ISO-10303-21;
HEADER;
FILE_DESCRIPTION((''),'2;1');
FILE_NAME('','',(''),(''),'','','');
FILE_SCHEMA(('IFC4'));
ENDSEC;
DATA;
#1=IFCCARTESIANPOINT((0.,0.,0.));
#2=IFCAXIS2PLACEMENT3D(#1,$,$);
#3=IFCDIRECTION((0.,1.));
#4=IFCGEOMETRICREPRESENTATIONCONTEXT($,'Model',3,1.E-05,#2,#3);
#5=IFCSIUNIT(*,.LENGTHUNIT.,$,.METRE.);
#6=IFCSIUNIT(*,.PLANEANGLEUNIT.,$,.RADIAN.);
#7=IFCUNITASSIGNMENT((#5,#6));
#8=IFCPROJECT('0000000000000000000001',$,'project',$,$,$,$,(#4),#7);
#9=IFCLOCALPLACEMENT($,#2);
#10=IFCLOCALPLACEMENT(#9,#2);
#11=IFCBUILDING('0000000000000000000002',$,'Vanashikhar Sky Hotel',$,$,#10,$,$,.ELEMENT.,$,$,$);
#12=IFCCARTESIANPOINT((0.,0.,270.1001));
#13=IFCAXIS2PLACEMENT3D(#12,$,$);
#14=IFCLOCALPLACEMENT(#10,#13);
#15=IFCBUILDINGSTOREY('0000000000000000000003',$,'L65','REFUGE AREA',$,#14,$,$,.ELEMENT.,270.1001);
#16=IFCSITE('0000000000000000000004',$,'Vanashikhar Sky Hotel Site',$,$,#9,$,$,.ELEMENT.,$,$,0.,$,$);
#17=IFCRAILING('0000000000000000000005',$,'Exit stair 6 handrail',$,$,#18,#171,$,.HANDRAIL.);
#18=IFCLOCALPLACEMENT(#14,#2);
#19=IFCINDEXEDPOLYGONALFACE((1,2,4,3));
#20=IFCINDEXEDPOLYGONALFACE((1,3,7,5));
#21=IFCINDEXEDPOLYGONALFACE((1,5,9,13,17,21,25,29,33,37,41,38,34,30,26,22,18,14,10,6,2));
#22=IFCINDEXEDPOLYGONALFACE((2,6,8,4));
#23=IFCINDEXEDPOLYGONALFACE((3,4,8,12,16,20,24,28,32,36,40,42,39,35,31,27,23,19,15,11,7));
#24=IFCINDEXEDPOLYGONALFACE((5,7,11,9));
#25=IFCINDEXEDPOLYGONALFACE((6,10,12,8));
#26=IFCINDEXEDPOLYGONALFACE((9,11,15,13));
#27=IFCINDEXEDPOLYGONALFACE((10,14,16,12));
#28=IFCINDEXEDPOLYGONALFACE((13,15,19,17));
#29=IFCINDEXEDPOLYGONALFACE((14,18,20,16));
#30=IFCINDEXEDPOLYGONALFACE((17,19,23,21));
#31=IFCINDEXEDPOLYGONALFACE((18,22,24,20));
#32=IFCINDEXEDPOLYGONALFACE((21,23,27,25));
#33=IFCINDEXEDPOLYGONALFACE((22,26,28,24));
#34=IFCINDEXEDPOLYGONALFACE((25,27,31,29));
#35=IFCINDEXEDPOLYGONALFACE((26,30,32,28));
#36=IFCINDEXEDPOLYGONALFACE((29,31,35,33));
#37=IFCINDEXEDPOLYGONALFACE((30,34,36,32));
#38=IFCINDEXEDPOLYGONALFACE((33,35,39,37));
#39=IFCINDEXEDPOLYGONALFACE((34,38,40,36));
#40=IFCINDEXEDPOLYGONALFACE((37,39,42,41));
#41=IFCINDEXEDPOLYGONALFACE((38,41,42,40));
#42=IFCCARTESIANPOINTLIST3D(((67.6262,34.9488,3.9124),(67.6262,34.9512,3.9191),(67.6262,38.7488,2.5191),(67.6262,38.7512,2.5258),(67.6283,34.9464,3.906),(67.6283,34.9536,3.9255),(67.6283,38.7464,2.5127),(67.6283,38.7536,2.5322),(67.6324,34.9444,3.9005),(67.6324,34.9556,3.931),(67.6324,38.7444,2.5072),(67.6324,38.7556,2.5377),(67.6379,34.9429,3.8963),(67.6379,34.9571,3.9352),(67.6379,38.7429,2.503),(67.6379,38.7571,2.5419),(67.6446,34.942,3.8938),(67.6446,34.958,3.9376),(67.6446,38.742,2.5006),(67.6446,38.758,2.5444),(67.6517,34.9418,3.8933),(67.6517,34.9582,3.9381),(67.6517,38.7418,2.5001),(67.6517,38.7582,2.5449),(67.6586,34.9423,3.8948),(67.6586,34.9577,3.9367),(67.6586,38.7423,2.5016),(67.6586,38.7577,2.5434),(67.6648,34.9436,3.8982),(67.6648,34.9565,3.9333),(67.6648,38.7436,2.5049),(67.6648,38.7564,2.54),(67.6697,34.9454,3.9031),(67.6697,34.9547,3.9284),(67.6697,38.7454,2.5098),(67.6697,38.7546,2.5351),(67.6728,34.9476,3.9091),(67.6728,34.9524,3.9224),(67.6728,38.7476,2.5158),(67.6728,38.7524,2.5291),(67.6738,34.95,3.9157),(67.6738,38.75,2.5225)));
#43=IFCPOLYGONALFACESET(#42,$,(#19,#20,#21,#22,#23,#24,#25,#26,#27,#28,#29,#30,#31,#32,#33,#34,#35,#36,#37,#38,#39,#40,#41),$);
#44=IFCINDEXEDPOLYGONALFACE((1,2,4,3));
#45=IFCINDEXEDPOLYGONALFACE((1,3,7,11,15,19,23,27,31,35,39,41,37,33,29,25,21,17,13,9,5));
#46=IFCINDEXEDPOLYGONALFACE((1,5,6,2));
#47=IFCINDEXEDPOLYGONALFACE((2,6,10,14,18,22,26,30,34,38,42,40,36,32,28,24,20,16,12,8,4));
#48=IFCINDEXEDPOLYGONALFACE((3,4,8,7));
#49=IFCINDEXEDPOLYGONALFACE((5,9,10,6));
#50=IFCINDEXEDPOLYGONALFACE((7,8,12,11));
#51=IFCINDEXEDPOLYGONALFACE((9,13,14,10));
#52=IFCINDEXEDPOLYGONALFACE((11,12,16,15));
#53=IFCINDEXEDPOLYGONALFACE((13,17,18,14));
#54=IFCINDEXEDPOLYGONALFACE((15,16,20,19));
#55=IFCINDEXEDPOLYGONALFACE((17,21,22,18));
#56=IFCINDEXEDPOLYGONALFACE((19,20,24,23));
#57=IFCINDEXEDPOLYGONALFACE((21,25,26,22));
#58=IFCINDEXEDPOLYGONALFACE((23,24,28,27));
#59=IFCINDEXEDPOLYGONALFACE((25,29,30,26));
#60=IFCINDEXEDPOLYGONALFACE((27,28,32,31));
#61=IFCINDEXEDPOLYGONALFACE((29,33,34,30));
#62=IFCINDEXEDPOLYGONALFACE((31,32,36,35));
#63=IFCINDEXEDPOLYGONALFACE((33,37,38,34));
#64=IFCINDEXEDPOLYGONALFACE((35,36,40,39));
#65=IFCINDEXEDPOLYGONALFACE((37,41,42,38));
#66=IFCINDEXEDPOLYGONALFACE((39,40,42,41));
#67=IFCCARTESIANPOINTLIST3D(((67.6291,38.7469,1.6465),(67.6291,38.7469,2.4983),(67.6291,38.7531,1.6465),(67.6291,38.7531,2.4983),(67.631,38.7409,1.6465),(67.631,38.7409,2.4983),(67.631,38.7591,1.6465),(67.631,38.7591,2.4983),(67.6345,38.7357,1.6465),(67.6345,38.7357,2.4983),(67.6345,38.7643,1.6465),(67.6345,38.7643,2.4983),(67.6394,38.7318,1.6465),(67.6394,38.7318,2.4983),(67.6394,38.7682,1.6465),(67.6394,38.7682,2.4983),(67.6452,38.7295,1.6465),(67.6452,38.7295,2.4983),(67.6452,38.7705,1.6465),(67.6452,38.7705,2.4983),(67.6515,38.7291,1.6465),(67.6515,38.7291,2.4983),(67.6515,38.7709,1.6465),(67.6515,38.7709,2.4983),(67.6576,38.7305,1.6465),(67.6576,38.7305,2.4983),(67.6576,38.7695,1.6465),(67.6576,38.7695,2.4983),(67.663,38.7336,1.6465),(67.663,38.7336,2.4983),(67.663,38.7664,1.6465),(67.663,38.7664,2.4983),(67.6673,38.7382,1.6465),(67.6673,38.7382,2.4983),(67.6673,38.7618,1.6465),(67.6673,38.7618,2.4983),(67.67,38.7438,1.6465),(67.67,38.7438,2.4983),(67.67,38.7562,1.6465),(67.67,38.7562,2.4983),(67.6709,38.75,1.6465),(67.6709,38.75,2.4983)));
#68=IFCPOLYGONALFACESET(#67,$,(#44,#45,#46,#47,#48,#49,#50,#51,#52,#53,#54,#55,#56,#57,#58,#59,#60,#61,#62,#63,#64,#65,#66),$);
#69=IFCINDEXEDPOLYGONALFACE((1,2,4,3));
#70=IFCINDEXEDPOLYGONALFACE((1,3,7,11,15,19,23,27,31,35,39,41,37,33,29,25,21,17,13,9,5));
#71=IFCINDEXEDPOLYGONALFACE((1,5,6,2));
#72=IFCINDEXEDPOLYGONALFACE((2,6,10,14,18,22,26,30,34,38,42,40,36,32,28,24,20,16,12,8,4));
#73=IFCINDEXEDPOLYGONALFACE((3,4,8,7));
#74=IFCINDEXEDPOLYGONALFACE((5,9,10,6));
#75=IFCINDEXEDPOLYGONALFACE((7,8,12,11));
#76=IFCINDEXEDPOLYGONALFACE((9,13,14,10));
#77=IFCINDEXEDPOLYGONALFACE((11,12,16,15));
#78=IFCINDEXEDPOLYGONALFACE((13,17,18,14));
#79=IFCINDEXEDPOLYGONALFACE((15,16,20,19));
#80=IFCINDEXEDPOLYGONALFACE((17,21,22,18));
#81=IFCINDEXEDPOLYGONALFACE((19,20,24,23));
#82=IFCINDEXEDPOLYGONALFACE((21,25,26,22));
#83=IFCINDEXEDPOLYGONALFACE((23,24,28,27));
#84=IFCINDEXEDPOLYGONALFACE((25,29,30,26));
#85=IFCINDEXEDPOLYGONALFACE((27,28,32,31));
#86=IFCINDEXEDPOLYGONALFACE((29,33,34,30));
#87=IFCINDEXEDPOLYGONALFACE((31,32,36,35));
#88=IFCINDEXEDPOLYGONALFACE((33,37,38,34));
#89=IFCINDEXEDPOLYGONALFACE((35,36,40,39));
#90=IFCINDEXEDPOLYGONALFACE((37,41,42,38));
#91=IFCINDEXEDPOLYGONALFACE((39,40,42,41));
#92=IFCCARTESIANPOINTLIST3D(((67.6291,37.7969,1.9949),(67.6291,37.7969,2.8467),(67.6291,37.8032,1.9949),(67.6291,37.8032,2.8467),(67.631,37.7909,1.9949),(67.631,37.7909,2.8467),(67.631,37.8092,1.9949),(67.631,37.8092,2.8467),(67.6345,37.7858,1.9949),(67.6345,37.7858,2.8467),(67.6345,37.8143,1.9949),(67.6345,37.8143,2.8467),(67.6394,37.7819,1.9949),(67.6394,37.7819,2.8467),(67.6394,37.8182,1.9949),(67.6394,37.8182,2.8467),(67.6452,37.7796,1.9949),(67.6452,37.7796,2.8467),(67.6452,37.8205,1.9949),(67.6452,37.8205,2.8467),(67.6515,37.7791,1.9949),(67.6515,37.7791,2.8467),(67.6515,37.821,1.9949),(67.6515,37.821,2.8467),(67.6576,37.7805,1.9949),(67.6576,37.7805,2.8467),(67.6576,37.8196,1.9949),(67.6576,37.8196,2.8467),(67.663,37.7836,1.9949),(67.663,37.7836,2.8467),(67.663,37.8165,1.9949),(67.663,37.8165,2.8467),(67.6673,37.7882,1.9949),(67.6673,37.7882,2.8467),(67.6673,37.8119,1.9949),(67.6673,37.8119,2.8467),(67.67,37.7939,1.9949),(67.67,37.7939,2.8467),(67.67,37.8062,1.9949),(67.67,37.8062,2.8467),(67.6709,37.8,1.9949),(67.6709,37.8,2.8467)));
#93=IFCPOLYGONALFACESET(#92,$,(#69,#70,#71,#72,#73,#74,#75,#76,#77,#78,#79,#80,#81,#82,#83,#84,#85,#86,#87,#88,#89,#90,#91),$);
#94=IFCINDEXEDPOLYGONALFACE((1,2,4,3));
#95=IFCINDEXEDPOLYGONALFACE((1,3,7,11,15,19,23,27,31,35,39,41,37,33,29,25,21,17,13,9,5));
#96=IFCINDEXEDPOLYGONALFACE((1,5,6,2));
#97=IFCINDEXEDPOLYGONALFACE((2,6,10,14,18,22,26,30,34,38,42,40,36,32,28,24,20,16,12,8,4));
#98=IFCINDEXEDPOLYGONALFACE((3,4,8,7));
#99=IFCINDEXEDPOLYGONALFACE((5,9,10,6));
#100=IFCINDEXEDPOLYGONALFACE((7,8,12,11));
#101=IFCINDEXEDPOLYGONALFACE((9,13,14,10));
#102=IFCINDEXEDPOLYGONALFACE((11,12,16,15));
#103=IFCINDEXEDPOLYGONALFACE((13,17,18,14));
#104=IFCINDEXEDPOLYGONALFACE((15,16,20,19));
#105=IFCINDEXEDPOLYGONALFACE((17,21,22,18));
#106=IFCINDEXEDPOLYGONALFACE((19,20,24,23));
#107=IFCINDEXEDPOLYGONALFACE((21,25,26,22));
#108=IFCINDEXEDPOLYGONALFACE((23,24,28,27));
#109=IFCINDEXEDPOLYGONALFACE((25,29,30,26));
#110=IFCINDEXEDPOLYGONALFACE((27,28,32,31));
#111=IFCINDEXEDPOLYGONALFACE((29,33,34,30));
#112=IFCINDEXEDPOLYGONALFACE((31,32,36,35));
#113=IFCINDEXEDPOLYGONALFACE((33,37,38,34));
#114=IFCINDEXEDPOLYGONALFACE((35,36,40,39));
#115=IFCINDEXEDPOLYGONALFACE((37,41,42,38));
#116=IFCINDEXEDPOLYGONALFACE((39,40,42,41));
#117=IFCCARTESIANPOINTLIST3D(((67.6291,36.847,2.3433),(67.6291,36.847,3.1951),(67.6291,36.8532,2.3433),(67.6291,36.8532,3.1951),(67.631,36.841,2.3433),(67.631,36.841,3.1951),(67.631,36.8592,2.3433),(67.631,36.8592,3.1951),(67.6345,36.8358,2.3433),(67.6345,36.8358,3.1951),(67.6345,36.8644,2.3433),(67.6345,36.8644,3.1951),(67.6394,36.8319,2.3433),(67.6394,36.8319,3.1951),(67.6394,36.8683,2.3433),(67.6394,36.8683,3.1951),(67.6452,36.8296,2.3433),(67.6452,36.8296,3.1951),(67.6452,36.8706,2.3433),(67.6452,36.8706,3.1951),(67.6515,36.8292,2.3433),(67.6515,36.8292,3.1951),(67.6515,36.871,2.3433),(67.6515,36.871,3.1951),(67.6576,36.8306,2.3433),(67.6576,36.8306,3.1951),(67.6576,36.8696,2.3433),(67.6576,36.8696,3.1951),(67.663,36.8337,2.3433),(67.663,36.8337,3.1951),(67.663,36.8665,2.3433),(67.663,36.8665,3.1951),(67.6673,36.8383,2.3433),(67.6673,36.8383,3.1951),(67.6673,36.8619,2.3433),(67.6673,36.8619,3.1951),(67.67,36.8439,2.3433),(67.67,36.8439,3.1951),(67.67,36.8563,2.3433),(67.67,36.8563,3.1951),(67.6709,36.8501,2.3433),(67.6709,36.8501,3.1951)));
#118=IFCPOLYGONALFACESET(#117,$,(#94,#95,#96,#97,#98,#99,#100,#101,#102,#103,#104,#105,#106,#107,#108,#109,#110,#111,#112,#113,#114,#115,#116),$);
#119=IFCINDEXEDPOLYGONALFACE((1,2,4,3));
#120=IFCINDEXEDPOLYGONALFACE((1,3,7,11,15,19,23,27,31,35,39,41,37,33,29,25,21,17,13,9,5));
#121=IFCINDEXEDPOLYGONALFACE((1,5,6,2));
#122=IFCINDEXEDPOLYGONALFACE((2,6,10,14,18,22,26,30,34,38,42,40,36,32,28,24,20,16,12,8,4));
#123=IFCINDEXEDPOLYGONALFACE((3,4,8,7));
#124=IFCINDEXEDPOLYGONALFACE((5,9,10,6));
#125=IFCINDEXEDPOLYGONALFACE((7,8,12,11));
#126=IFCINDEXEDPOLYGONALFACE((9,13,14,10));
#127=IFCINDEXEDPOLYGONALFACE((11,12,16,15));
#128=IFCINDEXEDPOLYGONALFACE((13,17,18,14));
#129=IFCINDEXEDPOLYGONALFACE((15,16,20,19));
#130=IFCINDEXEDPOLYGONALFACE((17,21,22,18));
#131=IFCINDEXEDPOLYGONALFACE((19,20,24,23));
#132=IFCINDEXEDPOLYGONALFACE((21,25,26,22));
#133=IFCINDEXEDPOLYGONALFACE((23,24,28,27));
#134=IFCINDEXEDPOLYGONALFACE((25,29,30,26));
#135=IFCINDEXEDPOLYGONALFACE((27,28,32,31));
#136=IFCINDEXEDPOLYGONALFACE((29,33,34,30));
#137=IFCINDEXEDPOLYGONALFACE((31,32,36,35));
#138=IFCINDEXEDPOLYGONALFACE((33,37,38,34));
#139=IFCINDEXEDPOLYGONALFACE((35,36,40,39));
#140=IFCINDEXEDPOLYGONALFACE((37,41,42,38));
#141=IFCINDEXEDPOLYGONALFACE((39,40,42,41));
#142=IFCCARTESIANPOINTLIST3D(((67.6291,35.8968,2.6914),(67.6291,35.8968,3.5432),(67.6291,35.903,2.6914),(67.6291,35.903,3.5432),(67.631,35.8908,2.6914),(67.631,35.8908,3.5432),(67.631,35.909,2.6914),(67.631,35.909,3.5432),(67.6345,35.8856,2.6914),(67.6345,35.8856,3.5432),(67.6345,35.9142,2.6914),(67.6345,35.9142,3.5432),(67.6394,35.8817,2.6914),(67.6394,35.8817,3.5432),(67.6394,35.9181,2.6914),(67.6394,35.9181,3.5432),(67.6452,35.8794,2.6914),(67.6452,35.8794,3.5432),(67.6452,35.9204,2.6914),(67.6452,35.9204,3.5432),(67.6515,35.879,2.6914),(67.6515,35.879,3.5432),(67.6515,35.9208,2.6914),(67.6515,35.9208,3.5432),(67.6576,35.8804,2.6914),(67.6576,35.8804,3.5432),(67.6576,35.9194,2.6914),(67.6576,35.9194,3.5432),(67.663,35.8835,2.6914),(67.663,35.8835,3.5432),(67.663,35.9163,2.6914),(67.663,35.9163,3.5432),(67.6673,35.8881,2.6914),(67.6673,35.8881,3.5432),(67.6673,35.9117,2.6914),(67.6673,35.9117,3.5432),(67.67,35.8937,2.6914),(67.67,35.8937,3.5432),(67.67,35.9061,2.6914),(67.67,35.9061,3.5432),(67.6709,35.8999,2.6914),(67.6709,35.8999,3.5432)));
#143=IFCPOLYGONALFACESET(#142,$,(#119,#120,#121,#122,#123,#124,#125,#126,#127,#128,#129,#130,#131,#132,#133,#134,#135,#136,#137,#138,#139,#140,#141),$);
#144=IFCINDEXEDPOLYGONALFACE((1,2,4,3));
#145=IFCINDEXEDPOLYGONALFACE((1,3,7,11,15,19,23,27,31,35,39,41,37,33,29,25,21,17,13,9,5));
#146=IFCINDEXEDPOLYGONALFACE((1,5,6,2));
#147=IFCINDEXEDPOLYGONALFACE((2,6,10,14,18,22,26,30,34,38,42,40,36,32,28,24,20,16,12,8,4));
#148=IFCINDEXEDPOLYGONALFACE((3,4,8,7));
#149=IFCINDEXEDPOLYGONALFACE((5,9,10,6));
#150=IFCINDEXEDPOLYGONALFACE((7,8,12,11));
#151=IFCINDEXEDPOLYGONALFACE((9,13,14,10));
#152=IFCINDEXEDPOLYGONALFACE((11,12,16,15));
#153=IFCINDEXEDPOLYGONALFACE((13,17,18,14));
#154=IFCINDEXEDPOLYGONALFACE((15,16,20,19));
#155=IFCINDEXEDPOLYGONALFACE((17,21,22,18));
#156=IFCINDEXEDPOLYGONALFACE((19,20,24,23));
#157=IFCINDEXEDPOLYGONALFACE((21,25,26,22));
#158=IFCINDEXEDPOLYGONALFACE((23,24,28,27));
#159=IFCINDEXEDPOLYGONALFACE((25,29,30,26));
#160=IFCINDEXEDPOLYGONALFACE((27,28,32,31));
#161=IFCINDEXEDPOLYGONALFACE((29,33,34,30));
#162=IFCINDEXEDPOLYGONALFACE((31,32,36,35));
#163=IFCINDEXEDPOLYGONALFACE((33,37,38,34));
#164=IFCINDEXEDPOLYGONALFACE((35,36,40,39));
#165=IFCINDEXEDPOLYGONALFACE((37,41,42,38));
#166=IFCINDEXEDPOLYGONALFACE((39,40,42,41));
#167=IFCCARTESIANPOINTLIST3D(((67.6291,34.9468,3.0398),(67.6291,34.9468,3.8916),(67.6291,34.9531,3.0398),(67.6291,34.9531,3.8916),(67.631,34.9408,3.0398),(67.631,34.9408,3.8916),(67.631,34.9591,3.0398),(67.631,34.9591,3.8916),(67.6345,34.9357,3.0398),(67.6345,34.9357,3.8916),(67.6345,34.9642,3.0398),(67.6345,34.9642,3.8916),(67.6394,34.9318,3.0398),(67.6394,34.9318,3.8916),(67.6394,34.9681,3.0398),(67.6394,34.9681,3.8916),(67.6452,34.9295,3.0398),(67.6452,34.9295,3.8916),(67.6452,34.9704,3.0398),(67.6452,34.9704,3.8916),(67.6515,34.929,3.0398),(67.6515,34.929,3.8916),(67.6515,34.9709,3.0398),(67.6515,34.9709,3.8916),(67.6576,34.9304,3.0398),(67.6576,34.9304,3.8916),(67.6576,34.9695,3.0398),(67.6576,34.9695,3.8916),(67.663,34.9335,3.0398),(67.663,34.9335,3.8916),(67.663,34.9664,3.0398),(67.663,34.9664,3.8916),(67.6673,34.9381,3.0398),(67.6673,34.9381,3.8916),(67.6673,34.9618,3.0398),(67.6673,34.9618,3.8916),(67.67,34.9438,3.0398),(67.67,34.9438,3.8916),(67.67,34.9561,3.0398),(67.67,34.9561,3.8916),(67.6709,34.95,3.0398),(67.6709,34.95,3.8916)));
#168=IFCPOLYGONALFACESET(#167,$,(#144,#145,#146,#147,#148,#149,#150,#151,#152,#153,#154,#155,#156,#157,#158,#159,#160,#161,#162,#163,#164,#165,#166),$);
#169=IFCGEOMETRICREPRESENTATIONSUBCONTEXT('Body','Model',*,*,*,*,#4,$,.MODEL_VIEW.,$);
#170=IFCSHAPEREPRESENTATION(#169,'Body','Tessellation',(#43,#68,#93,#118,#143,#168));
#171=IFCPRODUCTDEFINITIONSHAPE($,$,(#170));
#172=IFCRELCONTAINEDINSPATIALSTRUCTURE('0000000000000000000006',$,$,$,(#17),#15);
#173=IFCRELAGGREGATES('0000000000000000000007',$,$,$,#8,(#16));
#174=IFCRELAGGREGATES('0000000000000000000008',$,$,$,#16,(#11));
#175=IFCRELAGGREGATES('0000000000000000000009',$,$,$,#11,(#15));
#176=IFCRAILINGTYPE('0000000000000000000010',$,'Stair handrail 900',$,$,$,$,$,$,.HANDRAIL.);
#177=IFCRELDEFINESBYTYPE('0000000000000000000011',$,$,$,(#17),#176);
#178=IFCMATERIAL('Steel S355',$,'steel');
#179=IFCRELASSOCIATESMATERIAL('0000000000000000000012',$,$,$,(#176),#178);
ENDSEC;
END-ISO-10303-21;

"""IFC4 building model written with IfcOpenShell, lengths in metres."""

from ifc_helpers import new_model, si_unit, direction, frame, origin, origin_2d, place, context, subcontext, project, spatial, circle, extrude, source, transform, mapped, material, type_object, element, save


model = new_model("IFC4")

# Units and contexts
model_context = context("Model", 3, precision=1e-05, world=origin(), true_north=direction((0.0, 1.0)))
body_context = subcontext(model_context, "Body", "Model", "MODEL_VIEW")
ifc_project = project(units=[si_unit("LENGTHUNIT", "METRE"), si_unit("PLANEANGLEUNIT", "RADIAN")], contexts=[model_context])

# Site, building, storey
site_placement = place(None, origin())
site = spatial("IfcSite", under=ifc_project, at=site_placement, Name="Vanashikhar Sky Hotel Site", CompositionType="ELEMENT", RefElevation=0.0)
building_placement = place(site_placement, origin())
building = spatial("IfcBuilding", under=site, at=building_placement, Name="Vanashikhar Sky Hotel", CompositionType="ELEMENT")
storey_placement = place(building_placement, frame((0.0, 0.0, 270.1001)))
storey = spatial("IfcBuildingStorey", under=building, at=storey_placement, Name="L65", Description="REFUGE AREA", CompositionType="ELEMENT", Elevation=270.1001)

# Railing
ifc_material_1 = material(Name="Steel S355", Category="steel")
railing_type_1 = type_object("IfcRailingType", Name="Stair handrail 900", PredefinedType="HANDRAIL", material=ifc_material_1)
shared_shape_1 = source(origin(), body_context, "Body", "SweptSolid", [
    extrude(circle(Radius=0.0239, at=origin_2d()), frame((0.0, 0.0, 0.876), z_axis=(0.0, -0.93888, 0.344246), x_axis=(1.0, 0.0, 0.0)), (0.0, 0.0, 1.0), 4.0474),
    extrude(circle(Radius=0.021, at=origin_2d()), origin(), (0.0, 0.0, 1.0), 0.8518),
    extrude(circle(Radius=0.021, at=origin_2d()), frame((0.0, -0.95, 0.3484)), (0.0, 0.0, 1.0), 0.8518),
    extrude(circle(Radius=0.021, at=origin_2d()), frame((0.0, -1.8999, 0.6968)), (0.0, 0.0, 1.0), 0.8518),
    extrude(circle(Radius=0.021, at=origin_2d()), frame((0.0, -2.8501, 1.0449)), (0.0, 0.0, 1.0), 0.8518),
    extrude(circle(Radius=0.021, at=origin_2d()), frame((0.0, -3.8, 1.3933)), (0.0, 0.0, 1.0), 0.8518),
])
for number, where, name in (
    (1, (67.6499, 38.75, 1.6465), "Exit stair 6 handrail"),
):
    element("IfcRailing", number, at=place(storey_placement, frame(where)), inside=storey, type_object=railing_type_1, Name=name, PredefinedType="HANDRAIL", context=body_context, shape_type="MappedRepresentation", body=[
        mapped(shared_shape_1, transform((0.0, 0.0, 0.0), scale=1.0)),
    ])

save(model, "model.ifc")
